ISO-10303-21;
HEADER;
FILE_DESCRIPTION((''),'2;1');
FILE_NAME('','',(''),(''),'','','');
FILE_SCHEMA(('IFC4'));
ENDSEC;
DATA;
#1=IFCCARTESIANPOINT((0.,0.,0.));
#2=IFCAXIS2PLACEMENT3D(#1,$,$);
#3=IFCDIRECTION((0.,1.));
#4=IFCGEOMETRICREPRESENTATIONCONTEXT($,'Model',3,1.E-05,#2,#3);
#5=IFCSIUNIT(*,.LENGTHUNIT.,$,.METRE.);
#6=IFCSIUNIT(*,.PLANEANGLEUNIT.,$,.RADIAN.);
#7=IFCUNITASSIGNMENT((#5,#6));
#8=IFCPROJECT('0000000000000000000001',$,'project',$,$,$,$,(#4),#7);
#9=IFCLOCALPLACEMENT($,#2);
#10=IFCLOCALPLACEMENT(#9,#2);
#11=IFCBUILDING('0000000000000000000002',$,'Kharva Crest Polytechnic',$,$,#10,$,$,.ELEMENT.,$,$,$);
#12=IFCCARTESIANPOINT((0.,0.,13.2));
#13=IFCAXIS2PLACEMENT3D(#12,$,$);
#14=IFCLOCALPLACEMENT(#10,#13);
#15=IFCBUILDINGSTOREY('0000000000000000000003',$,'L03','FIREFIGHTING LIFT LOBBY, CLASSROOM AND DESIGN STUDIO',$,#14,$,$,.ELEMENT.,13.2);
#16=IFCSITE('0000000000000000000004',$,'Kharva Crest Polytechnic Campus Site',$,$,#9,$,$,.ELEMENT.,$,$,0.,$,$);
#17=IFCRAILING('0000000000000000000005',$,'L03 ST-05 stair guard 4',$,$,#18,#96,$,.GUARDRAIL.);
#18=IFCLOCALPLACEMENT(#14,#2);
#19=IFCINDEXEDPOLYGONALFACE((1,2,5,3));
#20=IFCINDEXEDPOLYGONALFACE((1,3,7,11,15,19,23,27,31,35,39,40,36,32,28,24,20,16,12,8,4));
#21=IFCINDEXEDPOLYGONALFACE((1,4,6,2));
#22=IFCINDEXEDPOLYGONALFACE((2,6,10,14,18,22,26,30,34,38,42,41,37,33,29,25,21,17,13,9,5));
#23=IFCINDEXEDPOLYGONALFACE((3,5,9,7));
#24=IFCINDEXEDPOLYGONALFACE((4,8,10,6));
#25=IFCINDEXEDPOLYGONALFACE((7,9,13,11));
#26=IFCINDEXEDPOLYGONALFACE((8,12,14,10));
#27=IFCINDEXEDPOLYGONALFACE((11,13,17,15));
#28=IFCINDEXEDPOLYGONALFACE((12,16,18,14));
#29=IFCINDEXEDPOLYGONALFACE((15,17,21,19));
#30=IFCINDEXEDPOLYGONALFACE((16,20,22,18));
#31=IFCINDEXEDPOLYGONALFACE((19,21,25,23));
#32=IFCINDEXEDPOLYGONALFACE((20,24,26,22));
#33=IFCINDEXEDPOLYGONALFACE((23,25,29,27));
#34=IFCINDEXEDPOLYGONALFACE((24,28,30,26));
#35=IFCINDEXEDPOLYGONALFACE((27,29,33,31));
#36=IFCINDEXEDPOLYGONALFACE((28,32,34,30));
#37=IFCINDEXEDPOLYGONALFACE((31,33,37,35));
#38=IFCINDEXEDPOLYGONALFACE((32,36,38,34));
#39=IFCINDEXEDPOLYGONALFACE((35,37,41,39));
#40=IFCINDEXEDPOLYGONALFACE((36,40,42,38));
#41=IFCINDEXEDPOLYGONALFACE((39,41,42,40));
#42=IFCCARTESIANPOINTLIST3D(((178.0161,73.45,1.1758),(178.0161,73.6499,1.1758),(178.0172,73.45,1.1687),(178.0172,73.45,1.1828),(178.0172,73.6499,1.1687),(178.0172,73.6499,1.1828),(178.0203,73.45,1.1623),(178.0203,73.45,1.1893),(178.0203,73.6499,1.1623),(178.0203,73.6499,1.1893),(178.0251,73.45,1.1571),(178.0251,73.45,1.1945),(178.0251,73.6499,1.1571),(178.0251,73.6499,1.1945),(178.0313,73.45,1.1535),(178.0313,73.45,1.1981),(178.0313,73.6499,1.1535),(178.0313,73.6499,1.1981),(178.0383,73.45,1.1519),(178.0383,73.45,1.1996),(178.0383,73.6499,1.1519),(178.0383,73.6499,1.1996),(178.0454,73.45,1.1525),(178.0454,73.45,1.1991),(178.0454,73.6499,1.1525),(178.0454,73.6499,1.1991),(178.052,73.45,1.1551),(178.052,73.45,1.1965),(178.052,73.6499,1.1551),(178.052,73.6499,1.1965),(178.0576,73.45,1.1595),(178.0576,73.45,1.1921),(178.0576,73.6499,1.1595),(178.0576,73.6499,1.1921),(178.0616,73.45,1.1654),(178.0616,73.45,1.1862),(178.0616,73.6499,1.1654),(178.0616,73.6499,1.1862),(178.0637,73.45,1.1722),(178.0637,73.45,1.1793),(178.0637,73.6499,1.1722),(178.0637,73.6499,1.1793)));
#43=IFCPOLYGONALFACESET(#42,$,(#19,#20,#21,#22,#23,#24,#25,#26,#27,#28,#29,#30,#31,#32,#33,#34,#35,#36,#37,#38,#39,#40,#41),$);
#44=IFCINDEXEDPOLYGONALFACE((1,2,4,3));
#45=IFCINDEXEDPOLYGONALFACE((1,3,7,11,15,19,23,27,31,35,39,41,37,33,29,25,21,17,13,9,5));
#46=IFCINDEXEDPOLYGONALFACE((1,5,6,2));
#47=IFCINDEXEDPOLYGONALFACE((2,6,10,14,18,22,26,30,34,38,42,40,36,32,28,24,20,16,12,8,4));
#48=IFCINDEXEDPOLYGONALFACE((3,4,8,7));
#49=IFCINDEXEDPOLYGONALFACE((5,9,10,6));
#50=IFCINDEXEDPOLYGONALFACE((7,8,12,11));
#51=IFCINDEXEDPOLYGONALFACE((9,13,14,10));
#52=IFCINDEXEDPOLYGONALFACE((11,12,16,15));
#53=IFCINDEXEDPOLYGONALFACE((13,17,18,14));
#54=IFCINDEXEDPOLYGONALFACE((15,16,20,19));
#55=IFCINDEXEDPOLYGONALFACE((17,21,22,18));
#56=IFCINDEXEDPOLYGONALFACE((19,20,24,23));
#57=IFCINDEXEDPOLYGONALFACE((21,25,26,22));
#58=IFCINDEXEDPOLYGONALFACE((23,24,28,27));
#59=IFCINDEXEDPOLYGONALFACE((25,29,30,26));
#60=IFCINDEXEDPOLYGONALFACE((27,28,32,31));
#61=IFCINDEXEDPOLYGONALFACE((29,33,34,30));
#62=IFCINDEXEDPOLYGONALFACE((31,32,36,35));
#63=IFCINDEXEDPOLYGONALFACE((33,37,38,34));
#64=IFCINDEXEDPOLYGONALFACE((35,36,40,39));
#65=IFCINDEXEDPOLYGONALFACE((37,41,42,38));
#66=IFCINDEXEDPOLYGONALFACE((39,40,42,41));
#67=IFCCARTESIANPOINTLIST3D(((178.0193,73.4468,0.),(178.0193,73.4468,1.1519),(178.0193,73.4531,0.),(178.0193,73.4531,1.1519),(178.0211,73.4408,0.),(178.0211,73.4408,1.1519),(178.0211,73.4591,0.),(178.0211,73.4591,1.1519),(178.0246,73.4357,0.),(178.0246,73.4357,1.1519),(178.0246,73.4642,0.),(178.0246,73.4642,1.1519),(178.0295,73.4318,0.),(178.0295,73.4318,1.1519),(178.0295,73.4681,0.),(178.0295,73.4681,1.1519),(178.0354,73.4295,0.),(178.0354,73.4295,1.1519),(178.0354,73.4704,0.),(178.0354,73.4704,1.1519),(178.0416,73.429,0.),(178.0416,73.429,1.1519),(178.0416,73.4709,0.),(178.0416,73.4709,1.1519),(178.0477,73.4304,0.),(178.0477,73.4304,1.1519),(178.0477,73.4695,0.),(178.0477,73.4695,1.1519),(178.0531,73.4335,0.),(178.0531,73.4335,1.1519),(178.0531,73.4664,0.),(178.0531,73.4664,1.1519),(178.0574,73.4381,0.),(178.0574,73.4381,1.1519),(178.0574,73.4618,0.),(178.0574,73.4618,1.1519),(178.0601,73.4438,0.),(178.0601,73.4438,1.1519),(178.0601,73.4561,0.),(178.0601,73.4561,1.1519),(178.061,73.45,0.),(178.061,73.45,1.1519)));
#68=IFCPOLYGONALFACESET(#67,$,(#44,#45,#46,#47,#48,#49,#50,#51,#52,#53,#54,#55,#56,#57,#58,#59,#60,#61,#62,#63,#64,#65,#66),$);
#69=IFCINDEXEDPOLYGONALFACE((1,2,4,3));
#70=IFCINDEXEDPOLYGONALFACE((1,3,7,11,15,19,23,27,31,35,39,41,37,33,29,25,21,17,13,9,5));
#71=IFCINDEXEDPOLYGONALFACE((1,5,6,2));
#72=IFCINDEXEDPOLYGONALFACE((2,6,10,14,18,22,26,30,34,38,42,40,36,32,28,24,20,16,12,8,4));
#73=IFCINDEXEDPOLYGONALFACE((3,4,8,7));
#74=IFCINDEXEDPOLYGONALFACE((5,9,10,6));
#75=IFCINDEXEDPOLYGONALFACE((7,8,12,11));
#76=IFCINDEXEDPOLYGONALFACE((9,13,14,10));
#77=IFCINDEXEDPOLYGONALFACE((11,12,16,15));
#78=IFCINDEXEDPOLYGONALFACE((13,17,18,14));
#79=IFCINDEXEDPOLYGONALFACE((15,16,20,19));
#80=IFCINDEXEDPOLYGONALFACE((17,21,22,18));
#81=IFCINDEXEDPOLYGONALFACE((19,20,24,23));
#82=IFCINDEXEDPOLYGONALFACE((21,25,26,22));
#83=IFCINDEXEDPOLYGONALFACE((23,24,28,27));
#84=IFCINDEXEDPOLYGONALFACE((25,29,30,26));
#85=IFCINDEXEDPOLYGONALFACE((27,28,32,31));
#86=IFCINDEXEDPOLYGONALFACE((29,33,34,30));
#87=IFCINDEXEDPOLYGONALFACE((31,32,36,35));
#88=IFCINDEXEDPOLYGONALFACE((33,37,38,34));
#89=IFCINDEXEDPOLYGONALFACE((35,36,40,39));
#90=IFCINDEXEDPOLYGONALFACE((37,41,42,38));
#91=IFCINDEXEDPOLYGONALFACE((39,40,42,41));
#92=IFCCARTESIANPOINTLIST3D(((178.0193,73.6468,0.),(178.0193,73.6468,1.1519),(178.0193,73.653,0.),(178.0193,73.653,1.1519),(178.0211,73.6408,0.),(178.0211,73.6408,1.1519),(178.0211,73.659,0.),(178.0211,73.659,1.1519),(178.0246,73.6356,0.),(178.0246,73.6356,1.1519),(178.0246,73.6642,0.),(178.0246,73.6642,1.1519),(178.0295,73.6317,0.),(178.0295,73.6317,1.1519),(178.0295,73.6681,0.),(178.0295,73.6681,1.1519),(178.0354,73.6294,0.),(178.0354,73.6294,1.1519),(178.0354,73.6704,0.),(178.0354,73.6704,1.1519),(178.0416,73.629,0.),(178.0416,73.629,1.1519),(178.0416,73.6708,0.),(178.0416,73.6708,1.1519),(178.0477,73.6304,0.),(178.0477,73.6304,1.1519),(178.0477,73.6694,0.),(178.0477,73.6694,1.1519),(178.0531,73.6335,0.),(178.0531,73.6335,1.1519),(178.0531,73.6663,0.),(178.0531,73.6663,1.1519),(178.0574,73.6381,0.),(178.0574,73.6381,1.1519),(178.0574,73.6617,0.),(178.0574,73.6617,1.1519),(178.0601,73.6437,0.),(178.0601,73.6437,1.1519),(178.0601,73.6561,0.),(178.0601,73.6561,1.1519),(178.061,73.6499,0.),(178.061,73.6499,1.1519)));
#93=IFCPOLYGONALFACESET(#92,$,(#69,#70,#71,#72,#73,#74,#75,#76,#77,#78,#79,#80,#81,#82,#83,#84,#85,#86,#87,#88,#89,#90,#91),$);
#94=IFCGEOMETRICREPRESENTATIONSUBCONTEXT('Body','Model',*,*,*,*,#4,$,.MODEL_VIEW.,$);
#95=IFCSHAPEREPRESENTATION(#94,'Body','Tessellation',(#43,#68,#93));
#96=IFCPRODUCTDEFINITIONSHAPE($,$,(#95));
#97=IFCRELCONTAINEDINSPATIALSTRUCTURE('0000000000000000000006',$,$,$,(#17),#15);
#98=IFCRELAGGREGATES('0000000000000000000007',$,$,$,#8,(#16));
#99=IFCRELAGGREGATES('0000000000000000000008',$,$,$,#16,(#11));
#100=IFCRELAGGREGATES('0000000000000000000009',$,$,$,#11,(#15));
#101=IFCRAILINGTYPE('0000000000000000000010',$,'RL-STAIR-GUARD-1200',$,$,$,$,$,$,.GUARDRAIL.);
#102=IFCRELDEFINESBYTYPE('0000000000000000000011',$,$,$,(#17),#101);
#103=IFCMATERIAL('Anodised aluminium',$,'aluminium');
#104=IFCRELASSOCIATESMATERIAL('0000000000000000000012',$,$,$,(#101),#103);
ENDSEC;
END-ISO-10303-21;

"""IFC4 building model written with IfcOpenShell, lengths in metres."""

from ifc_helpers import new_model, si_unit, direction, frame, origin, origin_2d, place, context, subcontext, project, spatial, circle, extrude, material, type_object, element, save


model = new_model("IFC4")

# Units and contexts
model_context = context("Model", 3, precision=1e-05, world=origin(), true_north=direction((0.0, 1.0)))
body_context = subcontext(model_context, "Body", "Model", "MODEL_VIEW")
ifc_project = project(units=[si_unit("LENGTHUNIT", "METRE"), si_unit("PLANEANGLEUNIT", "RADIAN")], contexts=[model_context])

# Site, building, storey
site_placement = place(None, origin())
site = spatial("IfcSite", under=ifc_project, at=site_placement, Name="Kharva Crest Polytechnic Campus Site", CompositionType="ELEMENT", RefElevation=0.0)
building_placement = place(site_placement, origin())
building = spatial("IfcBuilding", under=site, at=building_placement, Name="Kharva Crest Polytechnic", CompositionType="ELEMENT")
storey_placement = place(building_placement, frame((0.0, 0.0, 13.2)))
storey = spatial("IfcBuildingStorey", under=building, at=storey_placement, Name="L03", Description="FIREFIGHTING LIFT LOBBY, CLASSROOM AND DESIGN STUDIO", CompositionType="ELEMENT", Elevation=13.2)

# Shared definitions
ifc_material_1 = material(Name="Anodised aluminium", Category="aluminium")

# Railing
railing_type_1 = type_object("IfcRailingType", Name="RL-STAIR-GUARD-1200", PredefinedType="GUARDRAIL", material=ifc_material_1)
railing_1_placement = place(storey_placement, frame((178.04, 73.45, 0.0)))
element("IfcRailing", 1, at=railing_1_placement, inside=storey, type_object=railing_type_1, Name="L03 ST-05 stair guard 4", PredefinedType="GUARDRAIL", context=body_context, shape_type="SweptSolid", body=[
    extrude(circle(Radius=0.0239, at=origin_2d()), frame((0.0, 0.0, 1.1758), z_axis=(0.0, 1.0, 0.0), x_axis=(-1.0, 0.0, 0.0)), (0.0, 0.0, 1.0), 0.2),
    extrude(circle(Radius=0.021, at=origin_2d()), origin(), (0.0, 0.0, 1.0), 1.1519),
    extrude(circle(Radius=0.021, at=origin_2d()), frame((0.0, 0.2, 0.0)), (0.0, 0.0, 1.0), 1.1519),
])

save(model, "model.ifc")
